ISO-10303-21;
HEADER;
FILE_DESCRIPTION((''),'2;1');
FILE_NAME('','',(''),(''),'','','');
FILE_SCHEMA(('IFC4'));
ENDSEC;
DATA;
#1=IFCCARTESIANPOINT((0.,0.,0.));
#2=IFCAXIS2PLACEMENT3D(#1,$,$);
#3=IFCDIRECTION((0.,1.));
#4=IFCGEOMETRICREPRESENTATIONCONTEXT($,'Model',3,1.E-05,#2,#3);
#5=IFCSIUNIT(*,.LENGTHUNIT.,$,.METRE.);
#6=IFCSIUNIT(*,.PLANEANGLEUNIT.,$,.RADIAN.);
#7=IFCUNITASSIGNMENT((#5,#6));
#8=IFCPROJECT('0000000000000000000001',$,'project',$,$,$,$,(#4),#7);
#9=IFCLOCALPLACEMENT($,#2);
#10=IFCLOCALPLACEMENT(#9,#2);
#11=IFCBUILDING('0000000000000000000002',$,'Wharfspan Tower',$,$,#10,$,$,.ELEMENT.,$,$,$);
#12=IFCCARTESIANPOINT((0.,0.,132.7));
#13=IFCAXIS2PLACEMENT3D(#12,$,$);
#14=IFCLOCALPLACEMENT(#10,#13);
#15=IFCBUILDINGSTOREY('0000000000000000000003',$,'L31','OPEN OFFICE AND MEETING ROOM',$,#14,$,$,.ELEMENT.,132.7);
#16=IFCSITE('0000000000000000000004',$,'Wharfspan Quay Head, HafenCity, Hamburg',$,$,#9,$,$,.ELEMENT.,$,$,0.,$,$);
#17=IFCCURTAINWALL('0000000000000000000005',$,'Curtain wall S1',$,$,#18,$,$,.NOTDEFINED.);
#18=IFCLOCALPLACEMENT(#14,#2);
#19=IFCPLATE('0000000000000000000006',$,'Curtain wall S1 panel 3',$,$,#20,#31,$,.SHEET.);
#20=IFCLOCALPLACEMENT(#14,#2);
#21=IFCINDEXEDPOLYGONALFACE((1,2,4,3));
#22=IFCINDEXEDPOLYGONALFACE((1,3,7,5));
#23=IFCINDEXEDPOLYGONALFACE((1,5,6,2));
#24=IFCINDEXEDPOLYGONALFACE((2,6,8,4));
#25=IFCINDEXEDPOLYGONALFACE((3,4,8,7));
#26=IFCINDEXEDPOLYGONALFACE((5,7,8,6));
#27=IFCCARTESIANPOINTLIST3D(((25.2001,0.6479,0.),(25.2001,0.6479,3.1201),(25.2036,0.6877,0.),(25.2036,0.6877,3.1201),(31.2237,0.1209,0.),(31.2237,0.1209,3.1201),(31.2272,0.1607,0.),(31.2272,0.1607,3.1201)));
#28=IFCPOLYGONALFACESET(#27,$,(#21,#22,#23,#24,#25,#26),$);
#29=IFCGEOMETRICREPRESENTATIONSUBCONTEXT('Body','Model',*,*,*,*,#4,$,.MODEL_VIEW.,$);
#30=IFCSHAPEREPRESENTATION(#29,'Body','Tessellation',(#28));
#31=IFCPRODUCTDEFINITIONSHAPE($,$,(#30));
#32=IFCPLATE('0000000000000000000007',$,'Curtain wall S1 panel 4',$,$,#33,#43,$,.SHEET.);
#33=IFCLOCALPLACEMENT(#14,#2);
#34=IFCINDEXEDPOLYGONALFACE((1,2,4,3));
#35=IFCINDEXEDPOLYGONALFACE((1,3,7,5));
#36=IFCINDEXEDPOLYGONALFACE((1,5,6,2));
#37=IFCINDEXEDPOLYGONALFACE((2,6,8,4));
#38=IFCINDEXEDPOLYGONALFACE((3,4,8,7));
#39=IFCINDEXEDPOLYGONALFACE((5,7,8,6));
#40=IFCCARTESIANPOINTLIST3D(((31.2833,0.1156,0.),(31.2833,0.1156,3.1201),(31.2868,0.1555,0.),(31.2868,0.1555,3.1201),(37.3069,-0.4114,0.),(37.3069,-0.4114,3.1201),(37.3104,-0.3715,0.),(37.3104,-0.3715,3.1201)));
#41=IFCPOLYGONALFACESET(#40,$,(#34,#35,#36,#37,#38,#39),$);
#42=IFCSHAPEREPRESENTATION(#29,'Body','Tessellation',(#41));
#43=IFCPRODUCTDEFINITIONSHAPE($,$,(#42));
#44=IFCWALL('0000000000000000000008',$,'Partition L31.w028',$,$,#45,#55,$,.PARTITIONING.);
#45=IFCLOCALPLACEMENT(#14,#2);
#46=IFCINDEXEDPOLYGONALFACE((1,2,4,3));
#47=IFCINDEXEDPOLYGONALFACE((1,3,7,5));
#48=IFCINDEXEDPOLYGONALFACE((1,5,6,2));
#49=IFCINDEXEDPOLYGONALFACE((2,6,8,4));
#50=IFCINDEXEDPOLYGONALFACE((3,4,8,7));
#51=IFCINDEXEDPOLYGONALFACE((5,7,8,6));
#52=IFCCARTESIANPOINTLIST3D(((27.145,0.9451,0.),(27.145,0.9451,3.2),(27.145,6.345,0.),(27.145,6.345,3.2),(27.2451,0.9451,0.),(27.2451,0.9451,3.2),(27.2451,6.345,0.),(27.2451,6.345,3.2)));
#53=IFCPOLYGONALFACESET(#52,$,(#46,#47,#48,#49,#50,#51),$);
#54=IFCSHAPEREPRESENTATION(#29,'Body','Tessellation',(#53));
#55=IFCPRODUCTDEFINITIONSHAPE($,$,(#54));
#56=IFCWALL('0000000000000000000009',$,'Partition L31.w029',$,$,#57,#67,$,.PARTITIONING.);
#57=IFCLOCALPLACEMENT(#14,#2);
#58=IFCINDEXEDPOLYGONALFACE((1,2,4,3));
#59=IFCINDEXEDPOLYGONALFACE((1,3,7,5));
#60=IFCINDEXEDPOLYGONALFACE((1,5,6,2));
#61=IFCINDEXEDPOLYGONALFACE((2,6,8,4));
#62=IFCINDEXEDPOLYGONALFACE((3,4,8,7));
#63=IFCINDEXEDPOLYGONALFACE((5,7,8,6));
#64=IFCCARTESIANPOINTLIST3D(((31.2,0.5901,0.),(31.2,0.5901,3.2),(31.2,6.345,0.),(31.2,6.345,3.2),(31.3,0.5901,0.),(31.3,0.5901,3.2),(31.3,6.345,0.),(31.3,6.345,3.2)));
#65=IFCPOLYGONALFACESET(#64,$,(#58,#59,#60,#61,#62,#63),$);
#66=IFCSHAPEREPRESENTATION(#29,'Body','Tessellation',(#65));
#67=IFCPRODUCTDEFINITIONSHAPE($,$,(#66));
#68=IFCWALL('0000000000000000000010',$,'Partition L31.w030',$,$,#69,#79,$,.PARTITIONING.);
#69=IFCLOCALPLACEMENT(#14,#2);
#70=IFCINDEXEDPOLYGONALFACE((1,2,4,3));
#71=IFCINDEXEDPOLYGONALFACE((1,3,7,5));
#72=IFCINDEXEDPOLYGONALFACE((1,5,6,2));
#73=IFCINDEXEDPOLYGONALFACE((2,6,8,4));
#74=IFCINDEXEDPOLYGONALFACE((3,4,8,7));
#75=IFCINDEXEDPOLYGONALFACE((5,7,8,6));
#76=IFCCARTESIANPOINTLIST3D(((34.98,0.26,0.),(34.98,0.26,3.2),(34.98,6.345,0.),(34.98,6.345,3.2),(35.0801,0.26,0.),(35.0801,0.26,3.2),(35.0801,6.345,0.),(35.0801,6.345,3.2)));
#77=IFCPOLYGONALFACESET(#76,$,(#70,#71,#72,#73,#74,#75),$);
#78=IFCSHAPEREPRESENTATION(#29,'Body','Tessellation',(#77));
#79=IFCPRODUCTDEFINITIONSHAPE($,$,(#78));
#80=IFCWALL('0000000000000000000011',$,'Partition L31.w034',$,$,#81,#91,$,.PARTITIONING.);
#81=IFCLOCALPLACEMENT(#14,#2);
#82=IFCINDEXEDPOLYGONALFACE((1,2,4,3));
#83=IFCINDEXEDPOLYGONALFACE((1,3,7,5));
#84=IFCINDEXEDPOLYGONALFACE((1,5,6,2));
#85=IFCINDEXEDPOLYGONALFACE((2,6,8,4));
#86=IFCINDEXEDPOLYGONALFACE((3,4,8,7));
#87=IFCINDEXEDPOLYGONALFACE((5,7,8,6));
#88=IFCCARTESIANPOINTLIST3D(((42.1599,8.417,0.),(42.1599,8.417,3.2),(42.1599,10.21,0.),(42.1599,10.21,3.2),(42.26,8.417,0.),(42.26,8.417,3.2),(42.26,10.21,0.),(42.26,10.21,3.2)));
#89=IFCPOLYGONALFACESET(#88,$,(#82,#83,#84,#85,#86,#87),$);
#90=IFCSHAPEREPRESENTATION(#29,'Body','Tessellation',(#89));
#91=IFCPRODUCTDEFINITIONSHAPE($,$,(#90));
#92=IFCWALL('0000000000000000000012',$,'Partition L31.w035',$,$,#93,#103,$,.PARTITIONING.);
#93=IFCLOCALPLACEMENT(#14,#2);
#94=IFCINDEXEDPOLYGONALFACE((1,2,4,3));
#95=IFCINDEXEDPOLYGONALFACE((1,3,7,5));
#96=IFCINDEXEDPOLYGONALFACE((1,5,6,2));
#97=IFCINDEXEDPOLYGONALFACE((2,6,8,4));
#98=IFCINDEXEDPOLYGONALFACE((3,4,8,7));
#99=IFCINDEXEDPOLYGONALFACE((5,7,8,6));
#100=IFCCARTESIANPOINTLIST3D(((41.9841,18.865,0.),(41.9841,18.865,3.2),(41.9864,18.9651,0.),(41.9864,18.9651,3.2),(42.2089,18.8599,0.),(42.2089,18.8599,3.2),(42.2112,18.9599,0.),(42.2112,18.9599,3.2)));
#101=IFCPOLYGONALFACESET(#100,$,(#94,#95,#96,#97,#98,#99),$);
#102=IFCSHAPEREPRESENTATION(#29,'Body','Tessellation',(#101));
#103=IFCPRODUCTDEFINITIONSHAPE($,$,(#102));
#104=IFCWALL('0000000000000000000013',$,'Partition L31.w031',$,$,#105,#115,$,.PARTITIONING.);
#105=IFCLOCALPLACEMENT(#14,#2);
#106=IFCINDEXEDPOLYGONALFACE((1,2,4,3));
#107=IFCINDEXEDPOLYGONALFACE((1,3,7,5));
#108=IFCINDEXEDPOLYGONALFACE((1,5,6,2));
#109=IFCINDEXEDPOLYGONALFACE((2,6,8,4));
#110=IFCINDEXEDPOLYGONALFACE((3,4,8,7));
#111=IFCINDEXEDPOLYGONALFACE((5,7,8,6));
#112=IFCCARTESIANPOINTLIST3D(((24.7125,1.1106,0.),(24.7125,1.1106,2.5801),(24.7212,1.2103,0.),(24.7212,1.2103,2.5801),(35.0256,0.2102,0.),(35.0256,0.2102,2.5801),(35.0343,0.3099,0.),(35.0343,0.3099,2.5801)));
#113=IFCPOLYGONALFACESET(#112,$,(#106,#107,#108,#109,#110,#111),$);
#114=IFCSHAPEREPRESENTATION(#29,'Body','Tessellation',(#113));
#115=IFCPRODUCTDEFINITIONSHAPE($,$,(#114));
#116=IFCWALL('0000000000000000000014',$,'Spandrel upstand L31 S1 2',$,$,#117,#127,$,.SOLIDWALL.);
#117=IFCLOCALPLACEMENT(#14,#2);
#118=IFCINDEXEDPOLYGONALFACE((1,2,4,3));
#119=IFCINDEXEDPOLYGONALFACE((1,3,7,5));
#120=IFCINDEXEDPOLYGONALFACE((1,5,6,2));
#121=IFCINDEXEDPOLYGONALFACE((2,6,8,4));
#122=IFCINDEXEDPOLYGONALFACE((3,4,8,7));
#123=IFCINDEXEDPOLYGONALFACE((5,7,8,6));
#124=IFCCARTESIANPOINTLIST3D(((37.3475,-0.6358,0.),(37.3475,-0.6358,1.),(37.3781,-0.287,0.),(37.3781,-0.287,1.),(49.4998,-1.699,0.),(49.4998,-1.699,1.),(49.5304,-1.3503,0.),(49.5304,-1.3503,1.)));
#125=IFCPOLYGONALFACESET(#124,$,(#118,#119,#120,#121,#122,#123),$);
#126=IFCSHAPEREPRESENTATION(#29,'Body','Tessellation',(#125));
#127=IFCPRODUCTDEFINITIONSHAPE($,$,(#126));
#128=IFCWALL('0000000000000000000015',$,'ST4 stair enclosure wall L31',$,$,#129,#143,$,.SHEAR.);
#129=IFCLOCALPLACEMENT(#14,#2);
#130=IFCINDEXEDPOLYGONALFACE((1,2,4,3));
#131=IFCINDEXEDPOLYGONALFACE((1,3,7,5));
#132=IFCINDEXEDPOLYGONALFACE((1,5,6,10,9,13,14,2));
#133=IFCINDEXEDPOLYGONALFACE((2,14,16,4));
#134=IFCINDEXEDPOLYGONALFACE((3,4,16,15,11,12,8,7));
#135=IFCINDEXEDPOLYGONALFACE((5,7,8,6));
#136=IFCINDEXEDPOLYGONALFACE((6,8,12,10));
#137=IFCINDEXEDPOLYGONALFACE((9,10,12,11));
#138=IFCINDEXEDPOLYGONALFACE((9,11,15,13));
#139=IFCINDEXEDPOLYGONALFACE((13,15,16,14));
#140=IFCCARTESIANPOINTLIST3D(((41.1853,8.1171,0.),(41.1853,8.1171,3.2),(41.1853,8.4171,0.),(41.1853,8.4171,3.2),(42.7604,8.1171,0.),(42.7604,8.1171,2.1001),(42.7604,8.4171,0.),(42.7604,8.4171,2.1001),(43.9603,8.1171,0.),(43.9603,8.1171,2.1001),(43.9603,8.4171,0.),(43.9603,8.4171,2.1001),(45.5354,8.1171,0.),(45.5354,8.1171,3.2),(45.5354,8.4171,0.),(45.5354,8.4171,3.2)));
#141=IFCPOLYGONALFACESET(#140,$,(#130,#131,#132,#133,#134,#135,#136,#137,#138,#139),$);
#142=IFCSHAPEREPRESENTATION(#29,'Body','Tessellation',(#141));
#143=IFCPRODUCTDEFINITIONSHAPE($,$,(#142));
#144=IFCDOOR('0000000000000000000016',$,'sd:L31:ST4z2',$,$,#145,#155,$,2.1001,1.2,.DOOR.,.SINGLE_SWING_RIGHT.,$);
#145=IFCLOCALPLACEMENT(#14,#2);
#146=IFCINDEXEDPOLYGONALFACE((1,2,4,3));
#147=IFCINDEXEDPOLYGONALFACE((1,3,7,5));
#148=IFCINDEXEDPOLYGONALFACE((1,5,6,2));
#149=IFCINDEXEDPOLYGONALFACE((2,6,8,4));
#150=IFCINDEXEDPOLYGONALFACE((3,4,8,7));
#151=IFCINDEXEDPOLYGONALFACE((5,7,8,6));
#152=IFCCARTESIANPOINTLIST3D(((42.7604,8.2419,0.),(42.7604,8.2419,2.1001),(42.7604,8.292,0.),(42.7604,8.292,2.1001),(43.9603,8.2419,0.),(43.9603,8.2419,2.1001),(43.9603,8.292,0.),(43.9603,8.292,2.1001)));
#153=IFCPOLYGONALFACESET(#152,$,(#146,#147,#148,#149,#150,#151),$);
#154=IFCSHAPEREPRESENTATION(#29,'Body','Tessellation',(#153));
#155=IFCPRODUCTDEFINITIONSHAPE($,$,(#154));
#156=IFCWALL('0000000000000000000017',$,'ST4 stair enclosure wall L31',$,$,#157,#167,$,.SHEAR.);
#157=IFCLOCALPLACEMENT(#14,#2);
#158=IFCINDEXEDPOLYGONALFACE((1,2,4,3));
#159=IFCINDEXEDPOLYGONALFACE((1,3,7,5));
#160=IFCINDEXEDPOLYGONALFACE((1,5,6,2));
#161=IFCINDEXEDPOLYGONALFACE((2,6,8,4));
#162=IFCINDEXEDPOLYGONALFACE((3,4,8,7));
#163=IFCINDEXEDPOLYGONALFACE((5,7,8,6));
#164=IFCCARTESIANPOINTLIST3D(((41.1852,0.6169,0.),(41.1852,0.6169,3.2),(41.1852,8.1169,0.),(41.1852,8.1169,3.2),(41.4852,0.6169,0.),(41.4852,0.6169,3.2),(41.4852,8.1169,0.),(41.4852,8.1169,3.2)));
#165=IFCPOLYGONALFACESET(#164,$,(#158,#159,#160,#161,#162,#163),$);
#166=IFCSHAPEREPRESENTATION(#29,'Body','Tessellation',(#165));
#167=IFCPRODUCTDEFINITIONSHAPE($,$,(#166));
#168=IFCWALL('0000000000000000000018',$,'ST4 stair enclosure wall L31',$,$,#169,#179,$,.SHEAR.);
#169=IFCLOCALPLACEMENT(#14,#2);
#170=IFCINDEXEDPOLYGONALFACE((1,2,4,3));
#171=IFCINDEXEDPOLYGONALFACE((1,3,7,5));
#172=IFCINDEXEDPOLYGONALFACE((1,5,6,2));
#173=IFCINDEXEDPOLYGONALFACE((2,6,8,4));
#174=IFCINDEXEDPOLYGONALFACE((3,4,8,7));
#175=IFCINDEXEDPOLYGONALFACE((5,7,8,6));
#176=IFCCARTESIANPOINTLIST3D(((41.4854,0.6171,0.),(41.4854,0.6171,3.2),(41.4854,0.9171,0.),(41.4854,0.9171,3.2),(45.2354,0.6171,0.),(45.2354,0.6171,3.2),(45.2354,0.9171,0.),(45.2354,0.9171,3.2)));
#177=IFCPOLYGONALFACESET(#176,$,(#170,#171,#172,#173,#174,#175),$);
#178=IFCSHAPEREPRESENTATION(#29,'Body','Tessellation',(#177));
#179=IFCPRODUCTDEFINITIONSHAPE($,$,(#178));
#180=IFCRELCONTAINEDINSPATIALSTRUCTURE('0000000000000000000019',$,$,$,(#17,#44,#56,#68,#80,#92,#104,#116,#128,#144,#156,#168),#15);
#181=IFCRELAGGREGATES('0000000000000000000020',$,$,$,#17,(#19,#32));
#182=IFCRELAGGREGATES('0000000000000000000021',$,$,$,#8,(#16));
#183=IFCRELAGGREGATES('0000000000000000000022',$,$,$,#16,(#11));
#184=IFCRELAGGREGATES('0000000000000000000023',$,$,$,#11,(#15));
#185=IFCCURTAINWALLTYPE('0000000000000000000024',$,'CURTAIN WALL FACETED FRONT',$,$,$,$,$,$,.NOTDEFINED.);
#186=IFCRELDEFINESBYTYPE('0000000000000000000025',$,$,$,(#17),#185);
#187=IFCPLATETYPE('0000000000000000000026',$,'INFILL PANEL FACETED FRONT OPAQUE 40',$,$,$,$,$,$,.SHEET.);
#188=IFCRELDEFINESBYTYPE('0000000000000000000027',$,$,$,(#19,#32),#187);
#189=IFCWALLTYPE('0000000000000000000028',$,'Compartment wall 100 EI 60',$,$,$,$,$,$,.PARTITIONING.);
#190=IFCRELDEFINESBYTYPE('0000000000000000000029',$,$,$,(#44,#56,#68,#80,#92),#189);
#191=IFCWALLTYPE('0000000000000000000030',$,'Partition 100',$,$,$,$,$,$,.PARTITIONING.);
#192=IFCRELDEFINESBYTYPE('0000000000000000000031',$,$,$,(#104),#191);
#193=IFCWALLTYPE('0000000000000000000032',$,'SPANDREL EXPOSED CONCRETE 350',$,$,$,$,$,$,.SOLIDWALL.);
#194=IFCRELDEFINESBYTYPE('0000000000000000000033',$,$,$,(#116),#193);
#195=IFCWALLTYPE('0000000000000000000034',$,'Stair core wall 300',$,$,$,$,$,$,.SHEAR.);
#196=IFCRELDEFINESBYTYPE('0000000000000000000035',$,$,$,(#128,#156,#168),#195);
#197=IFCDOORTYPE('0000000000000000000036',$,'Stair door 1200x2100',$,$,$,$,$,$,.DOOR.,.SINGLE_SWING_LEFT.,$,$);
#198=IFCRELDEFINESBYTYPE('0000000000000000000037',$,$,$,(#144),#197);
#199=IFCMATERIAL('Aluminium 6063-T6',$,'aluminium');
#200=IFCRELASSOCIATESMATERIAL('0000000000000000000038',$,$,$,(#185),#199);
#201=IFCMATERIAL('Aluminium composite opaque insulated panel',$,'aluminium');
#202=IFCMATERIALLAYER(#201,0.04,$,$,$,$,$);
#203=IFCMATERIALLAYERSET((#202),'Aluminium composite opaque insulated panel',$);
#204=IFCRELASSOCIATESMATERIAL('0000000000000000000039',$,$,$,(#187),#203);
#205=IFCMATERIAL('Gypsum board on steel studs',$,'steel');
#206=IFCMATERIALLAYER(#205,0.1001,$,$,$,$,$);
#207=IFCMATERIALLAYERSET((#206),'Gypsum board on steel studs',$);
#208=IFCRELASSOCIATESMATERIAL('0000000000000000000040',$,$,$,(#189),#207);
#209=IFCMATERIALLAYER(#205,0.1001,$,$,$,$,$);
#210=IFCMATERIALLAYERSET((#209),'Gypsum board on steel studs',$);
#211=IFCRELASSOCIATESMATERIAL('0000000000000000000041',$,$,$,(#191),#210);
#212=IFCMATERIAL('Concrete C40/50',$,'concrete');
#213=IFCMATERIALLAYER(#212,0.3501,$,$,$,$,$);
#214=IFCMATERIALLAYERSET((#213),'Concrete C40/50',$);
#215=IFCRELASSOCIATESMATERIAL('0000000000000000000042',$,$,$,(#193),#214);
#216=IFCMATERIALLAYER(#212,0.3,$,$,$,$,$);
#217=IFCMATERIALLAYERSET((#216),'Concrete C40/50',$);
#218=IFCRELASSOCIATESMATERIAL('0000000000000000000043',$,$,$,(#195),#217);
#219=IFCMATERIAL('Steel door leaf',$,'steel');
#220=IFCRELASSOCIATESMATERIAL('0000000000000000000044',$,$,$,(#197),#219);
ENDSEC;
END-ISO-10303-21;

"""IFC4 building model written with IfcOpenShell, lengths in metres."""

from ifc_helpers import new_model, si_unit, direction, frame, frame_2d, origin, origin_2d, place, context, subcontext, project, spatial, rectangle, extrude, material, layer, layer_set, type_object, element, fill, aggregate, save


model = new_model("IFC4")

# Units and contexts
model_context = context("Model", 3, precision=1e-05, world=origin(), true_north=direction((0.0, 1.0)))
body_context = subcontext(model_context, "Body", "Model", "MODEL_VIEW")
ifc_project = project(units=[si_unit("LENGTHUNIT", "METRE"), si_unit("PLANEANGLEUNIT", "RADIAN")], contexts=[model_context])

# Site, building, storey
site_placement = place(None, origin())
site = spatial("IfcSite", under=ifc_project, at=site_placement, Name="Wharfspan Quay Head, HafenCity, Hamburg", CompositionType="ELEMENT", RefElevation=0.0)
building_placement = place(site_placement, origin())
building = spatial("IfcBuilding", under=site, at=building_placement, Name="Wharfspan Tower", CompositionType="ELEMENT")
storey_placement = place(building_placement, frame((0.0, 0.0, 132.7)))
storey = spatial("IfcBuildingStorey", under=building, at=storey_placement, Name="L31", Description="OPEN OFFICE AND MEETING ROOM", CompositionType="ELEMENT", Elevation=132.7)

# Curtain wall
ifc_material_1 = material(Name="Aluminium 6063-T6", Category="aluminium")
curtain_wall_type = type_object("IfcCurtainWallType", Name="CURTAIN WALL FACETED FRONT", PredefinedType="NOTDEFINED", material=ifc_material_1)
curtain_wall_placement = place(storey_placement, origin())
curtain_wall = element("IfcCurtainWall", 1, at=curtain_wall_placement, inside=storey, type_object=curtain_wall_type, Name="Curtain wall S1", PredefinedType="NOTDEFINED")

# Plates
ifc_material_2 = material(Name="Aluminium composite opaque insulated panel", Category="aluminium")
ifc_layer_1 = layer(ifc_material_2, 0.04)
ifc_layer_set_1 = layer_set([ifc_layer_1], Name="Aluminium composite opaque insulated panel")
plate_type_1 = type_object("IfcPlateType", Name="INFILL PANEL FACETED FRONT OPAQUE 40", PredefinedType="SHEET", material=ifc_layer_set_1)
plate_1_placement = place(storey_placement, frame((28.2136, 0.4043, 0.0), z_axis=(0.0, 0.0, 1.0), x_axis=(0.996198, -0.087156, 0.0)))
plate_1 = element("IfcPlate", 2, at=plate_1_placement, type_object=plate_type_1, Name="Curtain wall S1 panel 3", PredefinedType="SHEET", context=body_context, shape_type="SweptSolid", body=[
    extrude(rectangle(XDim=6.0466, YDim=0.04, at=origin_2d()), origin(), (0.0, 0.0, 1.0), 3.1201),
])
plate_2_placement = place(storey_placement, frame((34.2969, -0.1279, 0.0), z_axis=(0.0, 0.0, 1.0), x_axis=(0.996198, -0.087156, 0.0)))
plate_2 = element("IfcPlate", 3, at=plate_2_placement, type_object=plate_type_1, Name="Curtain wall S1 panel 4", PredefinedType="SHEET", context=body_context, shape_type="SweptSolid", body=[
    extrude(rectangle(XDim=6.0466, YDim=0.04, at=origin_2d()), origin(), (0.0, 0.0, 1.0), 3.1201),
])
aggregate(curtain_wall, [plate_1, plate_2])

# Walls
ifc_material_3 = material(Name="Gypsum board on steel studs", Category="steel")
ifc_layer_2 = layer(ifc_material_3, 0.1001)
ifc_layer_set_2 = layer_set([ifc_layer_2], Name="Gypsum board on steel studs")
wall_type_1 = type_object("IfcWallType", Name="Compartment wall 100 EI 60", PredefinedType="PARTITIONING", material=ifc_layer_set_2)
wall_1_placement = place(storey_placement, frame((27.1951, 0.9451, 0.0), z_axis=(0.0, 0.0, 1.0), x_axis=(0.0, 1.0, 0.0)))
element("IfcWall", 4, at=wall_1_placement, inside=storey, type_object=wall_type_1, Name="Partition L31.w028", PredefinedType="PARTITIONING", context=body_context, shape_type="SweptSolid", body=[
    extrude(rectangle(XDim=5.3999, YDim=0.1001, at=frame_2d((2.7, 0.0))), origin(), (0.0, 0.0, 1.0), 3.2),
])
wall_2_placement = place(storey_placement, frame((31.25, 0.5901, 0.0), z_axis=(0.0, 0.0, 1.0), x_axis=(0.0, 1.0, 0.0)))
element("IfcWall", 5, at=wall_2_placement, inside=storey, type_object=wall_type_1, Name="Partition L31.w029", PredefinedType="PARTITIONING", context=body_context, shape_type="SweptSolid", body=[
    extrude(rectangle(XDim=5.7549, YDim=0.1001, at=frame_2d((2.8774, 0.0))), origin(), (0.0, 0.0, 1.0), 3.2),
])
wall_3_placement = place(storey_placement, frame((35.03, 0.26, 0.0), z_axis=(0.0, 0.0, 1.0), x_axis=(0.0, 1.0, 0.0)))
element("IfcWall", 6, at=wall_3_placement, inside=storey, type_object=wall_type_1, Name="Partition L31.w030", PredefinedType="PARTITIONING", context=body_context, shape_type="SweptSolid", body=[
    extrude(rectangle(XDim=6.085, YDim=0.1001, at=frame_2d((3.0425, 0.0))), origin(), (0.0, 0.0, 1.0), 3.2),
])
wall_4_placement = place(storey_placement, frame((42.21, 8.417, 0.0), z_axis=(0.0, 0.0, 1.0), x_axis=(0.0, 1.0, 0.0)))
element("IfcWall", 7, at=wall_4_placement, inside=storey, type_object=wall_type_1, Name="Partition L31.w034", PredefinedType="PARTITIONING", context=body_context, shape_type="SweptSolid", body=[
    extrude(rectangle(XDim=1.793, YDim=0.1001, at=frame_2d((0.8965, 0.0))), origin(), (0.0, 0.0, 1.0), 3.2),
])
wall_5_placement = place(storey_placement, frame((42.21, 18.9099, 0.0), z_axis=(0.0, 0.0, 1.0), x_axis=(-0.999736, 0.022795, 0.0)))
element("IfcWall", 8, at=wall_5_placement, inside=storey, type_object=wall_type_1, Name="Partition L31.w035", PredefinedType="PARTITIONING", context=body_context, shape_type="SweptSolid", body=[
    extrude(rectangle(XDim=0.2249, YDim=0.1001, at=frame_2d((0.1123, 0.0))), origin(), (0.0, 0.0, 1.0), 3.2),
])
ifc_layer_3 = layer(ifc_material_3, 0.1001)
ifc_layer_set_3 = layer_set([ifc_layer_3], Name="Gypsum board on steel studs")
wall_type_2 = type_object("IfcWallType", Name="Partition 100", PredefinedType="PARTITIONING", material=ifc_layer_set_3)
wall_6_placement = place(storey_placement, frame((35.03, 0.26, 0.0), z_axis=(0.0, 0.0, 1.0), x_axis=(-0.996214, 0.086976, 0.0)))
element("IfcWall", 9, at=wall_6_placement, inside=storey, type_object=wall_type_2, Name="Partition L31.w031", PredefinedType="PARTITIONING", context=body_context, shape_type="SweptSolid", body=[
    extrude(rectangle(XDim=10.3523, YDim=0.1001, at=frame_2d((5.1763, 0.0))), origin(), (0.0, 0.0, 1.0), 2.5801),
])
ifc_material_4 = material(Name="Concrete C40/50", Category="concrete")
ifc_layer_4 = layer(ifc_material_4, 0.3501)
ifc_layer_set_4 = layer_set([ifc_layer_4], Name="Concrete C40/50")
wall_type_3 = type_object("IfcWallType", Name="SPANDREL EXPOSED CONCRETE 350", PredefinedType="SOLIDWALL", material=ifc_layer_set_4)
wall_7_placement = place(storey_placement, frame((37.3628, -0.4614, 0.0), z_axis=(0.0, 0.0, 1.0), x_axis=(0.996194, -0.087159, 0.0)))
element("IfcWall", 10, at=wall_7_placement, inside=storey, type_object=wall_type_3, Name="Spandrel upstand L31 S1 2", PredefinedType="SOLIDWALL", context=body_context, shape_type="SweptSolid", body=[
    extrude(rectangle(XDim=12.1987, YDim=0.3501, at=frame_2d((6.0994, 0.0))), origin(), (0.0, 0.0, 1.0), 1.0),
])

# Wall, opening, door
ifc_layer_5 = layer(ifc_material_4, 0.3)
ifc_layer_set_5 = layer_set([ifc_layer_5], Name="Concrete C40/50")
wall_type_4 = type_object("IfcWallType", Name="Stair core wall 300", PredefinedType="SHEAR", material=ifc_layer_set_5)
wall_8_placement = place(storey_placement, frame((41.1853, 8.2671, 0.0), z_axis=(0.0, 0.0, 1.0), x_axis=(1.0, 0.0, 0.0)))
wall_8 = element("IfcWall", 11, at=wall_8_placement, inside=storey, type_object=wall_type_4, Name="ST4 stair enclosure wall L31", PredefinedType="SHEAR", context=body_context, shape_type="SweptSolid", body=[
    extrude(rectangle(XDim=4.3501, YDim=0.3, at=frame_2d((2.175, 0.0))), origin(), (0.0, 0.0, 1.0), 3.2),
])
opening_placement = place(wall_8_placement, frame((1.575, 0.0, 0.0)))
opening = element("IfcOpeningElement", 12, at=opening_placement, cuts=wall_8, PredefinedType="OPENING", context=body_context, shape_type="SweptSolid", body=[
    extrude(rectangle(XDim=1.2, YDim=2.1001, at=frame_2d((0.6001, 1.05))), frame((0.0, 0.1599, 0.0), z_axis=(0.0, -1.0, 0.0), x_axis=(1.0, 0.0, 0.0)), (0.0, 0.0, 1.0), 0.3201),
])
ifc_material_5 = material(Name="Steel door leaf", Category="steel")
door_type = type_object("IfcDoorType", Name="Stair door 1200x2100", OperationType="SINGLE_SWING_LEFT", PredefinedType="DOOR", material=ifc_material_5)
door_placement = place(opening_placement, origin())
door = element("IfcDoor", 13, at=door_placement, inside=storey, type_object=door_type, Name="sd:L31:ST4z2", OperationType="SINGLE_SWING_RIGHT", OverallHeight=2.1001, OverallWidth=1.2, PredefinedType="DOOR", context=body_context, shape_type="SweptSolid", body=[
    extrude(rectangle(XDim=1.2, YDim=2.1001, at=frame_2d((0.6001, 1.05))), frame((0.0, 0.0249, 0.0), z_axis=(0.0, -1.0, 0.0), x_axis=(1.0, 0.0, 0.0)), (0.0, 0.0, 1.0), 0.05),
])
fill(opening, door)

# Walls
wall_9_placement = place(storey_placement, frame((41.3352, 0.6169, 0.0), z_axis=(0.0, 0.0, 1.0), x_axis=(0.0, 1.0, 0.0)))
element("IfcWall", 14, at=wall_9_placement, inside=storey, type_object=wall_type_4, Name="ST4 stair enclosure wall L31", PredefinedType="SHEAR", context=body_context, shape_type="SweptSolid", body=[
    extrude(rectangle(XDim=7.5, YDim=0.3, at=frame_2d((3.75, 0.0))), origin(), (0.0, 0.0, 1.0), 3.2),
])
wall_10_placement = place(storey_placement, frame((41.4854, 0.7671, 0.0), z_axis=(0.0, 0.0, 1.0), x_axis=(1.0, 0.0, 0.0)))
element("IfcWall", 15, at=wall_10_placement, inside=storey, type_object=wall_type_4, Name="ST4 stair enclosure wall L31", PredefinedType="SHEAR", context=body_context, shape_type="SweptSolid", body=[
    extrude(rectangle(XDim=3.75, YDim=0.3, at=frame_2d((1.875, 0.0))), origin(), (0.0, 0.0, 1.0), 3.2),
])

save(model, "model.ifc")
